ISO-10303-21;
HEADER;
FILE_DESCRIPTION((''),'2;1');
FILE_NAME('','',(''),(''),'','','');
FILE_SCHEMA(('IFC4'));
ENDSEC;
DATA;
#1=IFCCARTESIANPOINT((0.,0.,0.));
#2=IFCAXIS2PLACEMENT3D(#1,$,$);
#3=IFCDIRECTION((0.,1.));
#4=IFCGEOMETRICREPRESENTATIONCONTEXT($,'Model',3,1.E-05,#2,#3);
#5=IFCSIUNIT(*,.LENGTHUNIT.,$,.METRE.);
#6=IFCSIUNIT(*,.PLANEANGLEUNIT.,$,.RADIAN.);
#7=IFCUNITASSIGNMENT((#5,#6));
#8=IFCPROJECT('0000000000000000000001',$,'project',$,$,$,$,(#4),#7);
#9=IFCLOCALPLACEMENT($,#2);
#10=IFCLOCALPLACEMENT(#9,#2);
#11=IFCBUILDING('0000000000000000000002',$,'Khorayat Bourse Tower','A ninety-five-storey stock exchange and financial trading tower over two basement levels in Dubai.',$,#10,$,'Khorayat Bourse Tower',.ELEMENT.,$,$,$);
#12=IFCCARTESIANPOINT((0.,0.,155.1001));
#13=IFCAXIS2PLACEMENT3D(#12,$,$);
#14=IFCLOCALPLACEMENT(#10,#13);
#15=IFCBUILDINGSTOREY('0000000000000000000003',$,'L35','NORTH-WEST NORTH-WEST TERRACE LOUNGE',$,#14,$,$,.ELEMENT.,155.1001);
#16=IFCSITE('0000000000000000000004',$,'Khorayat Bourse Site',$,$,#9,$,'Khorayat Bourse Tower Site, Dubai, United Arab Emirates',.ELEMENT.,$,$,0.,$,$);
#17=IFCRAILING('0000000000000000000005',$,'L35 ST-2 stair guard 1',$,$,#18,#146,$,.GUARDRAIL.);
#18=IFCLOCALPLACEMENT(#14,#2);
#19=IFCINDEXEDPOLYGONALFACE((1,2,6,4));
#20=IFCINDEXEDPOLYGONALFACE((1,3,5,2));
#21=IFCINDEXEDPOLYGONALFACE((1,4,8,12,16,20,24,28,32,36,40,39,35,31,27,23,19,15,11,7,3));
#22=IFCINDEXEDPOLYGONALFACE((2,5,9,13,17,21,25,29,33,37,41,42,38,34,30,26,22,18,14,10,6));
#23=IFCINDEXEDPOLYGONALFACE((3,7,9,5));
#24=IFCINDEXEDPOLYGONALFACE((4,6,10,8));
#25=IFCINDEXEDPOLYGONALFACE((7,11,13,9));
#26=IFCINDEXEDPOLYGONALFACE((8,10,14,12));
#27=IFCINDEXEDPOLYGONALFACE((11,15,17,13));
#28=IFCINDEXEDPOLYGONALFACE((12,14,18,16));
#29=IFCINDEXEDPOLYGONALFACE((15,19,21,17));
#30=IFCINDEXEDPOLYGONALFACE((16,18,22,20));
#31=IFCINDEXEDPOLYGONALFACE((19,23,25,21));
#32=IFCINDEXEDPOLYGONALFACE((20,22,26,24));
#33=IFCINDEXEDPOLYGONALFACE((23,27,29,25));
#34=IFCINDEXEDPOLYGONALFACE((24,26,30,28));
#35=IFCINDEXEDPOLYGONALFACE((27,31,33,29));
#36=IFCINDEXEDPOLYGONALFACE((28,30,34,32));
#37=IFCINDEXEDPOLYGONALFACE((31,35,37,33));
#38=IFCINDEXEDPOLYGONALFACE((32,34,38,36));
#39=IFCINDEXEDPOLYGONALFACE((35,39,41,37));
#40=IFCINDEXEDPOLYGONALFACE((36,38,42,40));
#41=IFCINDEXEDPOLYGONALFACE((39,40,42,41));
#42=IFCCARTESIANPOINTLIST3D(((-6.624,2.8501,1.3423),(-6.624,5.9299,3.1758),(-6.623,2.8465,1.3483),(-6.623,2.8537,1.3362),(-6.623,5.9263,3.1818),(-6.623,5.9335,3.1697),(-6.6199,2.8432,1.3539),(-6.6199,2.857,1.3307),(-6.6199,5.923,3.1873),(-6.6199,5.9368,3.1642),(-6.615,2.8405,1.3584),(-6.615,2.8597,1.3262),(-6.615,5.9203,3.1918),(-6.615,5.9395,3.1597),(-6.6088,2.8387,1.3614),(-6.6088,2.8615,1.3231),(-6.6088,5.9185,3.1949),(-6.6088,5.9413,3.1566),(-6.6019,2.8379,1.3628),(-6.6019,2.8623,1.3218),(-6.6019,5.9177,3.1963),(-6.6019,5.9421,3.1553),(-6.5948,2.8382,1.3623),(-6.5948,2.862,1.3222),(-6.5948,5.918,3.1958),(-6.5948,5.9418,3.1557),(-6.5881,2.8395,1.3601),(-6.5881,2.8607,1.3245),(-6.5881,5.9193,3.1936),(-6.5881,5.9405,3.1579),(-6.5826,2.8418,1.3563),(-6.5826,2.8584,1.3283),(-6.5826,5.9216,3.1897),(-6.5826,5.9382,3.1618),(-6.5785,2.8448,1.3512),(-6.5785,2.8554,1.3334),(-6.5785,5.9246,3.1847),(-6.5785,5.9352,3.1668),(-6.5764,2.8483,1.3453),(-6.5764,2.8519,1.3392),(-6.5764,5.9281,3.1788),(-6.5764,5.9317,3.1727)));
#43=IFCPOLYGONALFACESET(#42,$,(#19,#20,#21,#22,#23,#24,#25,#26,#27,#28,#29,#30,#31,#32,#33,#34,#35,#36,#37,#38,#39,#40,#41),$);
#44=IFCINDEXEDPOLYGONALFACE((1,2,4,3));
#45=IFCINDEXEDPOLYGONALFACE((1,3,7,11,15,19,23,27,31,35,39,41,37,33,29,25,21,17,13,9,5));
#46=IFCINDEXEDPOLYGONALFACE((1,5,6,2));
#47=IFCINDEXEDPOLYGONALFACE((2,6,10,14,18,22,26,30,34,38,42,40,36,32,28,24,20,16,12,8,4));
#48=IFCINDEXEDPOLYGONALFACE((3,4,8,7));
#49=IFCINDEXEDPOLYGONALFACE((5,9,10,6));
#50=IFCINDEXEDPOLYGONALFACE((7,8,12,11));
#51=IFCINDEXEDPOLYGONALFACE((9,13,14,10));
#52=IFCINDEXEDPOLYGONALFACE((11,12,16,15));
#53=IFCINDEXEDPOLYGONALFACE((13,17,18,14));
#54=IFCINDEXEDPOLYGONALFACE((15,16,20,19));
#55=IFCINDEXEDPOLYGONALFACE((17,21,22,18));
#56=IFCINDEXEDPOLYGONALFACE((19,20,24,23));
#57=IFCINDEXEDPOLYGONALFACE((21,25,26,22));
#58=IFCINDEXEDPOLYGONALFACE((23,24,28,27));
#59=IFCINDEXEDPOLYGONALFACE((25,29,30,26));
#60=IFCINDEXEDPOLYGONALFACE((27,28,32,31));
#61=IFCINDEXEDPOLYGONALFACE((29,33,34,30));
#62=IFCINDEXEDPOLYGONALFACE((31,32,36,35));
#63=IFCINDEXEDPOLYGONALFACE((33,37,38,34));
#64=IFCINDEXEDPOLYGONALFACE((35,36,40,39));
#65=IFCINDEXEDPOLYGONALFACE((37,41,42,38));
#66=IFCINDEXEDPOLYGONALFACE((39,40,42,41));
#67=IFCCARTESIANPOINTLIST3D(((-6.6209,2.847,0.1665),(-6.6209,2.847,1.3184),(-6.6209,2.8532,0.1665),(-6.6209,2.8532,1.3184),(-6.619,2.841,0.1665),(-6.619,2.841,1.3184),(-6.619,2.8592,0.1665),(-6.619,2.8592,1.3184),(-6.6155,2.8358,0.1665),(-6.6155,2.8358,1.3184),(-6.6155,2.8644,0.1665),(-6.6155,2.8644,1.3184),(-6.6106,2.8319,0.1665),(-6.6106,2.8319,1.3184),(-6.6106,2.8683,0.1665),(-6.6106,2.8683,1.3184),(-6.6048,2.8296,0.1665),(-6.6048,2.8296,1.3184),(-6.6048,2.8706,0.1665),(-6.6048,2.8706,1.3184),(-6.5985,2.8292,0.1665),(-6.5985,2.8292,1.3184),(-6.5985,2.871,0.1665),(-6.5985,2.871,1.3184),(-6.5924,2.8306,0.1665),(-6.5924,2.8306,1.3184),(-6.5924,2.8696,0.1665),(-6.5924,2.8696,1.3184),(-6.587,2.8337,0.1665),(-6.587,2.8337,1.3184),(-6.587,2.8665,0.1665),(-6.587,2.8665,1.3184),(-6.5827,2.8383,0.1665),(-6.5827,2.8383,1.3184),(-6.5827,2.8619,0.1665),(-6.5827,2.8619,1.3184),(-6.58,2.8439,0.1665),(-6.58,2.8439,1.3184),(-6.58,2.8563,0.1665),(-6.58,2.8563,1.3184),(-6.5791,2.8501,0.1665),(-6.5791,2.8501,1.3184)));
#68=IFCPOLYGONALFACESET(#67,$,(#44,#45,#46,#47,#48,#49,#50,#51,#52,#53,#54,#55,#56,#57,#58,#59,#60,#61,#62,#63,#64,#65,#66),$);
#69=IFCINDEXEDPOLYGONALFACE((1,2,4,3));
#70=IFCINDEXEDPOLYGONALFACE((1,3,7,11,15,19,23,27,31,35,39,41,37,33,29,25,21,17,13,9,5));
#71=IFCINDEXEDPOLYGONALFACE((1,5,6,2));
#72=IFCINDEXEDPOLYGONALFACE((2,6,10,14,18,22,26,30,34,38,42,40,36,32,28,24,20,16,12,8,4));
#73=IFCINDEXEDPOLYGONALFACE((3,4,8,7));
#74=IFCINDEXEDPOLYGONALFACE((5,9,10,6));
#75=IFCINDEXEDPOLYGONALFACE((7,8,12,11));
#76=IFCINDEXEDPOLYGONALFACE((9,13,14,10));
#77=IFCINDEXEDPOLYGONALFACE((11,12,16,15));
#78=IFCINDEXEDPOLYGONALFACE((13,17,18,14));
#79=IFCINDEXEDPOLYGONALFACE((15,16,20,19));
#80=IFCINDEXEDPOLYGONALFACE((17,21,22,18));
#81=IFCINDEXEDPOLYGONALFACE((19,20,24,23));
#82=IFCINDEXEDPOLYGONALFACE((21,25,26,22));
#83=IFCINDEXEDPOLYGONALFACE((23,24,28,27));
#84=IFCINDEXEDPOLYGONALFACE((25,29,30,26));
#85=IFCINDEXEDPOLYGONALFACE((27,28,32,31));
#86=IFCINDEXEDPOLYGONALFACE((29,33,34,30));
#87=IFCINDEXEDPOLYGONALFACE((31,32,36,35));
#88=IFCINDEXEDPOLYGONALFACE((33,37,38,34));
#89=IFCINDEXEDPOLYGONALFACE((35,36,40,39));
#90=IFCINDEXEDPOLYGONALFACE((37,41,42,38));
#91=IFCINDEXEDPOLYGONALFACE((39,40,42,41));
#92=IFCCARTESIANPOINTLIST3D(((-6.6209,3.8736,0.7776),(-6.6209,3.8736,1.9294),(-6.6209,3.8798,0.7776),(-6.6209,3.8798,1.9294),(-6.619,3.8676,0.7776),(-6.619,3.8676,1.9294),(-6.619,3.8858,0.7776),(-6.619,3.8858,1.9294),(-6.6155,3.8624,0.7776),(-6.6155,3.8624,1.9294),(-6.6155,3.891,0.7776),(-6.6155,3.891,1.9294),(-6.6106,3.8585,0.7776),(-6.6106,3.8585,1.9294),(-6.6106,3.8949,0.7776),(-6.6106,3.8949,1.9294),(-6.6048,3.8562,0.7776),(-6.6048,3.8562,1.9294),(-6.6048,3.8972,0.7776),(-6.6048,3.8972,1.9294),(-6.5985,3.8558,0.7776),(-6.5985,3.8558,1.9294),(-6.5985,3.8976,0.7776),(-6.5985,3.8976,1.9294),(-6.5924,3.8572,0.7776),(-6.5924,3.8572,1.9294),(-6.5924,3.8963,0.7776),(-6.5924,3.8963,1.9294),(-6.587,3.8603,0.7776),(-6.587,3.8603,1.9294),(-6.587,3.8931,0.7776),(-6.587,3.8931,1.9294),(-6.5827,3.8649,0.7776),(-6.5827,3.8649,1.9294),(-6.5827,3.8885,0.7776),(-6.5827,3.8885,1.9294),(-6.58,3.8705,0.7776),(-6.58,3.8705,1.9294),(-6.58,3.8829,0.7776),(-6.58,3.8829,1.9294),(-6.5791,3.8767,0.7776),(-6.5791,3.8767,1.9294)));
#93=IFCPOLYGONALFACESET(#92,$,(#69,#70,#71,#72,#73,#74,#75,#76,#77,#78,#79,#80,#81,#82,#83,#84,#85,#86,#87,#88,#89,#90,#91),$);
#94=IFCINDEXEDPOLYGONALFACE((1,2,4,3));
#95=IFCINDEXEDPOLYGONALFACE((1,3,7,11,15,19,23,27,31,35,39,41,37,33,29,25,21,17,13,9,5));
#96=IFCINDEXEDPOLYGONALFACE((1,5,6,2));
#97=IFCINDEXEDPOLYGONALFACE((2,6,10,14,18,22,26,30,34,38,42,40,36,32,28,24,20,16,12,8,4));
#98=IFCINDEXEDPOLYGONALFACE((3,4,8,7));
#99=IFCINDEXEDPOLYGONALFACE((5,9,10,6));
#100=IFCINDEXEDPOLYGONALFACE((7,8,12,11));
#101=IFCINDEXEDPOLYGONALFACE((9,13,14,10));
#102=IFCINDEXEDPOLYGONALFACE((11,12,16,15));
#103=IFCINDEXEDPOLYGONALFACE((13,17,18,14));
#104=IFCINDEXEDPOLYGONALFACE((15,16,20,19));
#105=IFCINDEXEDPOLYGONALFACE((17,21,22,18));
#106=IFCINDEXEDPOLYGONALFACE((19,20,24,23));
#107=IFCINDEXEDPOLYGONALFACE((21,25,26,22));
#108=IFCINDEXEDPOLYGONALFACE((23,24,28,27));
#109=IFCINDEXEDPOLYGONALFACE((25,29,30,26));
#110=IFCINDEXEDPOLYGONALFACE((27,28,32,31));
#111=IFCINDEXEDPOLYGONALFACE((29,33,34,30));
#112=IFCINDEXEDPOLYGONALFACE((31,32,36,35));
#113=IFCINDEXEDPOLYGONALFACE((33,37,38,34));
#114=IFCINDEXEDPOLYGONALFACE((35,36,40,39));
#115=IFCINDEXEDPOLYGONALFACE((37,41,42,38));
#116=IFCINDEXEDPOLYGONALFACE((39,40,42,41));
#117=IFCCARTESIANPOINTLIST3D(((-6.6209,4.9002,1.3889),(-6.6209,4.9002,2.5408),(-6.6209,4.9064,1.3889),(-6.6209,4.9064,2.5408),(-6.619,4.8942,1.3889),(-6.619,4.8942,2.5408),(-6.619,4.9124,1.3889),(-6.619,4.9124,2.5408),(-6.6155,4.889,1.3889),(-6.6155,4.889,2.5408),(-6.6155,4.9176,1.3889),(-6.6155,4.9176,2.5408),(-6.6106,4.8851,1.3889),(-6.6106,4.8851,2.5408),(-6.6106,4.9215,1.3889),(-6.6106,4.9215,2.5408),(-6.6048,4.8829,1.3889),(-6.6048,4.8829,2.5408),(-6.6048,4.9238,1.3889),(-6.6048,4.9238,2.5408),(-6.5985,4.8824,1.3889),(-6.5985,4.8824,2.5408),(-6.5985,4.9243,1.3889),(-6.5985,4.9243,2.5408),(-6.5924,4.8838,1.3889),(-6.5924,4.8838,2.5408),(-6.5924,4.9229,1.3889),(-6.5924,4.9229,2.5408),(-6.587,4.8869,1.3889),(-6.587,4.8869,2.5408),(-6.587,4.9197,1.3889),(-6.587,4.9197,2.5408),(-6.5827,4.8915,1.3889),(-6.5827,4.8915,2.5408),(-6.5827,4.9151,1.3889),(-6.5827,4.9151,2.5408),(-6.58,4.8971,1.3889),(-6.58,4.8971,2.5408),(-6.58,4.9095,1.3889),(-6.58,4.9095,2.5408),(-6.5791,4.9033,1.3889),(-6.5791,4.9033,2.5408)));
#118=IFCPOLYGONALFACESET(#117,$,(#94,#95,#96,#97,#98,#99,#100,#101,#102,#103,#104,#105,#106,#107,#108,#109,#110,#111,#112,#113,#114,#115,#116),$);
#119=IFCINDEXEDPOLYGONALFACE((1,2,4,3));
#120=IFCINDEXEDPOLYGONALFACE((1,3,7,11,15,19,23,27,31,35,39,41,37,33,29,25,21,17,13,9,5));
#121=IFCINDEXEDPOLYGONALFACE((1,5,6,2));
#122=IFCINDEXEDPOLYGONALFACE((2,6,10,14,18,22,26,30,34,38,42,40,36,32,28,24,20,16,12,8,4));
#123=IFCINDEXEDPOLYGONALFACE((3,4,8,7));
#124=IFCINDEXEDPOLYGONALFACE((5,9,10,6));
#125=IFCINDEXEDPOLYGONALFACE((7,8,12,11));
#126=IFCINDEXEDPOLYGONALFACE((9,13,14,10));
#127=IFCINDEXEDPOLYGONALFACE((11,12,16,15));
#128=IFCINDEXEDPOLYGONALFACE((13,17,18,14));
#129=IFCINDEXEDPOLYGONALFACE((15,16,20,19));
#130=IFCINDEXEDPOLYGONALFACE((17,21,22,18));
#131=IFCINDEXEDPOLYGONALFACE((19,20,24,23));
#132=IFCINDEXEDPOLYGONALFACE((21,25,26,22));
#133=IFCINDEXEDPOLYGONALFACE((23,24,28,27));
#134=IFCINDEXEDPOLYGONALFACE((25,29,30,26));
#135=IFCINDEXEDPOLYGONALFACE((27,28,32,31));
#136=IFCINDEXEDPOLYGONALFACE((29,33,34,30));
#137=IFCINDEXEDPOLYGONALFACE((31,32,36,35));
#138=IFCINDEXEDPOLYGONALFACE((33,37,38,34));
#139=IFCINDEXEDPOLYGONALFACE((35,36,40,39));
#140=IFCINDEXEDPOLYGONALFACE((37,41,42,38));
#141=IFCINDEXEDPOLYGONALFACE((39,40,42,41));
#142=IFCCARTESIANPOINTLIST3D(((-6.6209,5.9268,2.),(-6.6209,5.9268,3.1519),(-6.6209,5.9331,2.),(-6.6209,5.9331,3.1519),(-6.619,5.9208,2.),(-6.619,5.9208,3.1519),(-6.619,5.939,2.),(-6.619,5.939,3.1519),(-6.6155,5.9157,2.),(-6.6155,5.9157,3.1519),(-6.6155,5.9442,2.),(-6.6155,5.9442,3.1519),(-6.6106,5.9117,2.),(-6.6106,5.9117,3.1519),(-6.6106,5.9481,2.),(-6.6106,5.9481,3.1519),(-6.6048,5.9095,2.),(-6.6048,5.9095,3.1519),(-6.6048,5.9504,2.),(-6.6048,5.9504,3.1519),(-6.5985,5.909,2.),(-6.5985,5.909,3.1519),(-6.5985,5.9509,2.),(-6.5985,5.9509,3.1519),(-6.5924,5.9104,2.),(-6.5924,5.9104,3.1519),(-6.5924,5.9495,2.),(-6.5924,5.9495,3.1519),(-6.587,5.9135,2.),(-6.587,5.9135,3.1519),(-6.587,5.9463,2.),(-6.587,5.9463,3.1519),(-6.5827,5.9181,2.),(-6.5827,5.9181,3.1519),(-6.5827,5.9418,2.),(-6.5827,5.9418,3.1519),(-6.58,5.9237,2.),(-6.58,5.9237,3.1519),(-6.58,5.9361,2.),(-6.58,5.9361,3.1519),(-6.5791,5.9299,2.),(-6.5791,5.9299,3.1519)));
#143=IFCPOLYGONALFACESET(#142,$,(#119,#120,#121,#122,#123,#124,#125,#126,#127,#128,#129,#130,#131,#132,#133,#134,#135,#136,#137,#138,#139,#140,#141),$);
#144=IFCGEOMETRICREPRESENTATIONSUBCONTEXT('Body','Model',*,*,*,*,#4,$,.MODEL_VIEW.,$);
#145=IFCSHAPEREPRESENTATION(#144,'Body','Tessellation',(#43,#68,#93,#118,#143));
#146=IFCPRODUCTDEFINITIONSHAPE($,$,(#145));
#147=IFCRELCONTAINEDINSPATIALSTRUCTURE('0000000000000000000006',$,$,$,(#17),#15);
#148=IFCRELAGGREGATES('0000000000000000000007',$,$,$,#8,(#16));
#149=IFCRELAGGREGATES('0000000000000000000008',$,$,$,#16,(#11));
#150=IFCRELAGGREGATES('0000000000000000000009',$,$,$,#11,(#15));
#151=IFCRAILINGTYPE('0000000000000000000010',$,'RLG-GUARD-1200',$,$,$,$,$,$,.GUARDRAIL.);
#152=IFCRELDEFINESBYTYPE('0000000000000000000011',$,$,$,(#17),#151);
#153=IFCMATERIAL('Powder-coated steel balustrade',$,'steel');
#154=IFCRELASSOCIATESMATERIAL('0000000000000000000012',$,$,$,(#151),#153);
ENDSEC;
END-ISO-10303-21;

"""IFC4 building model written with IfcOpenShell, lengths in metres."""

from ifc_helpers import new_model, si_unit, direction, frame, origin, origin_2d, place, context, subcontext, project, spatial, circle, extrude, source, transform, mapped, material, type_object, element, save


model = new_model("IFC4")

# Units and contexts
model_context = context("Model", 3, precision=1e-05, world=origin(), true_north=direction((0.0, 1.0)))
body_context = subcontext(model_context, "Body", "Model", "MODEL_VIEW")
ifc_project = project(units=[si_unit("LENGTHUNIT", "METRE"), si_unit("PLANEANGLEUNIT", "RADIAN")], contexts=[model_context])

# Site, building, storey
site_placement = place(None, origin())
site = spatial("IfcSite", under=ifc_project, at=site_placement, Name="Khorayat Bourse Site", LongName="Khorayat Bourse Tower Site, Dubai, United Arab Emirates", CompositionType="ELEMENT", RefElevation=0.0)
building_placement = place(site_placement, origin())
building = spatial("IfcBuilding", under=site, at=building_placement, Name="Khorayat Bourse Tower", Description="A ninety-five-storey stock exchange and financial trading tower over two basement levels in Dubai.", LongName="Khorayat Bourse Tower", CompositionType="ELEMENT")
storey_placement = place(building_placement, frame((0.0, 0.0, 155.1001)))
storey = spatial("IfcBuildingStorey", under=building, at=storey_placement, Name="L35", Description="NORTH-WEST NORTH-WEST TERRACE LOUNGE", CompositionType="ELEMENT", Elevation=155.1001)

# Railing
ifc_material_1 = material(Name="Powder-coated steel balustrade", Category="steel")
railing_type_1 = type_object("IfcRailingType", Name="RLG-GUARD-1200", PredefinedType="GUARDRAIL", material=ifc_material_1)
shared_shape_1 = source(origin(), body_context, "Body", "SweptSolid", [
    extrude(circle(Radius=0.0239, at=origin_2d()), frame((0.0, 0.0, 1.1758), z_axis=(0.0, 0.859261, 0.511538), x_axis=(-1.0, 0.0, 0.0)), (0.0, 0.0, 1.0), 3.5842),
    extrude(circle(Radius=0.021, at=origin_2d()), origin(), (0.0, 0.0, 1.0), 1.1519),
    extrude(circle(Radius=0.021, at=origin_2d()), frame((0.0, 1.0266, 0.6111)), (0.0, 0.0, 1.0), 1.1519),
    extrude(circle(Radius=0.021, at=origin_2d()), frame((0.0, 2.0532, 1.2224)), (0.0, 0.0, 1.0), 1.1519),
    extrude(circle(Radius=0.021, at=origin_2d()), frame((0.0, 3.0798, 1.8335)), (0.0, 0.0, 1.0), 1.1519),
])
railing_1_placement = place(storey_placement, frame((-6.6001, 2.8501, 0.1665)))
element("IfcRailing", 1, at=railing_1_placement, inside=storey, type_object=railing_type_1, Name="L35 ST-2 stair guard 1", PredefinedType="GUARDRAIL", context=body_context, shape_type="MappedRepresentation", body=[
    mapped(shared_shape_1, transform((0.0, 0.0, 0.0), scale=1.0)),
])

save(model, "model.ifc")
